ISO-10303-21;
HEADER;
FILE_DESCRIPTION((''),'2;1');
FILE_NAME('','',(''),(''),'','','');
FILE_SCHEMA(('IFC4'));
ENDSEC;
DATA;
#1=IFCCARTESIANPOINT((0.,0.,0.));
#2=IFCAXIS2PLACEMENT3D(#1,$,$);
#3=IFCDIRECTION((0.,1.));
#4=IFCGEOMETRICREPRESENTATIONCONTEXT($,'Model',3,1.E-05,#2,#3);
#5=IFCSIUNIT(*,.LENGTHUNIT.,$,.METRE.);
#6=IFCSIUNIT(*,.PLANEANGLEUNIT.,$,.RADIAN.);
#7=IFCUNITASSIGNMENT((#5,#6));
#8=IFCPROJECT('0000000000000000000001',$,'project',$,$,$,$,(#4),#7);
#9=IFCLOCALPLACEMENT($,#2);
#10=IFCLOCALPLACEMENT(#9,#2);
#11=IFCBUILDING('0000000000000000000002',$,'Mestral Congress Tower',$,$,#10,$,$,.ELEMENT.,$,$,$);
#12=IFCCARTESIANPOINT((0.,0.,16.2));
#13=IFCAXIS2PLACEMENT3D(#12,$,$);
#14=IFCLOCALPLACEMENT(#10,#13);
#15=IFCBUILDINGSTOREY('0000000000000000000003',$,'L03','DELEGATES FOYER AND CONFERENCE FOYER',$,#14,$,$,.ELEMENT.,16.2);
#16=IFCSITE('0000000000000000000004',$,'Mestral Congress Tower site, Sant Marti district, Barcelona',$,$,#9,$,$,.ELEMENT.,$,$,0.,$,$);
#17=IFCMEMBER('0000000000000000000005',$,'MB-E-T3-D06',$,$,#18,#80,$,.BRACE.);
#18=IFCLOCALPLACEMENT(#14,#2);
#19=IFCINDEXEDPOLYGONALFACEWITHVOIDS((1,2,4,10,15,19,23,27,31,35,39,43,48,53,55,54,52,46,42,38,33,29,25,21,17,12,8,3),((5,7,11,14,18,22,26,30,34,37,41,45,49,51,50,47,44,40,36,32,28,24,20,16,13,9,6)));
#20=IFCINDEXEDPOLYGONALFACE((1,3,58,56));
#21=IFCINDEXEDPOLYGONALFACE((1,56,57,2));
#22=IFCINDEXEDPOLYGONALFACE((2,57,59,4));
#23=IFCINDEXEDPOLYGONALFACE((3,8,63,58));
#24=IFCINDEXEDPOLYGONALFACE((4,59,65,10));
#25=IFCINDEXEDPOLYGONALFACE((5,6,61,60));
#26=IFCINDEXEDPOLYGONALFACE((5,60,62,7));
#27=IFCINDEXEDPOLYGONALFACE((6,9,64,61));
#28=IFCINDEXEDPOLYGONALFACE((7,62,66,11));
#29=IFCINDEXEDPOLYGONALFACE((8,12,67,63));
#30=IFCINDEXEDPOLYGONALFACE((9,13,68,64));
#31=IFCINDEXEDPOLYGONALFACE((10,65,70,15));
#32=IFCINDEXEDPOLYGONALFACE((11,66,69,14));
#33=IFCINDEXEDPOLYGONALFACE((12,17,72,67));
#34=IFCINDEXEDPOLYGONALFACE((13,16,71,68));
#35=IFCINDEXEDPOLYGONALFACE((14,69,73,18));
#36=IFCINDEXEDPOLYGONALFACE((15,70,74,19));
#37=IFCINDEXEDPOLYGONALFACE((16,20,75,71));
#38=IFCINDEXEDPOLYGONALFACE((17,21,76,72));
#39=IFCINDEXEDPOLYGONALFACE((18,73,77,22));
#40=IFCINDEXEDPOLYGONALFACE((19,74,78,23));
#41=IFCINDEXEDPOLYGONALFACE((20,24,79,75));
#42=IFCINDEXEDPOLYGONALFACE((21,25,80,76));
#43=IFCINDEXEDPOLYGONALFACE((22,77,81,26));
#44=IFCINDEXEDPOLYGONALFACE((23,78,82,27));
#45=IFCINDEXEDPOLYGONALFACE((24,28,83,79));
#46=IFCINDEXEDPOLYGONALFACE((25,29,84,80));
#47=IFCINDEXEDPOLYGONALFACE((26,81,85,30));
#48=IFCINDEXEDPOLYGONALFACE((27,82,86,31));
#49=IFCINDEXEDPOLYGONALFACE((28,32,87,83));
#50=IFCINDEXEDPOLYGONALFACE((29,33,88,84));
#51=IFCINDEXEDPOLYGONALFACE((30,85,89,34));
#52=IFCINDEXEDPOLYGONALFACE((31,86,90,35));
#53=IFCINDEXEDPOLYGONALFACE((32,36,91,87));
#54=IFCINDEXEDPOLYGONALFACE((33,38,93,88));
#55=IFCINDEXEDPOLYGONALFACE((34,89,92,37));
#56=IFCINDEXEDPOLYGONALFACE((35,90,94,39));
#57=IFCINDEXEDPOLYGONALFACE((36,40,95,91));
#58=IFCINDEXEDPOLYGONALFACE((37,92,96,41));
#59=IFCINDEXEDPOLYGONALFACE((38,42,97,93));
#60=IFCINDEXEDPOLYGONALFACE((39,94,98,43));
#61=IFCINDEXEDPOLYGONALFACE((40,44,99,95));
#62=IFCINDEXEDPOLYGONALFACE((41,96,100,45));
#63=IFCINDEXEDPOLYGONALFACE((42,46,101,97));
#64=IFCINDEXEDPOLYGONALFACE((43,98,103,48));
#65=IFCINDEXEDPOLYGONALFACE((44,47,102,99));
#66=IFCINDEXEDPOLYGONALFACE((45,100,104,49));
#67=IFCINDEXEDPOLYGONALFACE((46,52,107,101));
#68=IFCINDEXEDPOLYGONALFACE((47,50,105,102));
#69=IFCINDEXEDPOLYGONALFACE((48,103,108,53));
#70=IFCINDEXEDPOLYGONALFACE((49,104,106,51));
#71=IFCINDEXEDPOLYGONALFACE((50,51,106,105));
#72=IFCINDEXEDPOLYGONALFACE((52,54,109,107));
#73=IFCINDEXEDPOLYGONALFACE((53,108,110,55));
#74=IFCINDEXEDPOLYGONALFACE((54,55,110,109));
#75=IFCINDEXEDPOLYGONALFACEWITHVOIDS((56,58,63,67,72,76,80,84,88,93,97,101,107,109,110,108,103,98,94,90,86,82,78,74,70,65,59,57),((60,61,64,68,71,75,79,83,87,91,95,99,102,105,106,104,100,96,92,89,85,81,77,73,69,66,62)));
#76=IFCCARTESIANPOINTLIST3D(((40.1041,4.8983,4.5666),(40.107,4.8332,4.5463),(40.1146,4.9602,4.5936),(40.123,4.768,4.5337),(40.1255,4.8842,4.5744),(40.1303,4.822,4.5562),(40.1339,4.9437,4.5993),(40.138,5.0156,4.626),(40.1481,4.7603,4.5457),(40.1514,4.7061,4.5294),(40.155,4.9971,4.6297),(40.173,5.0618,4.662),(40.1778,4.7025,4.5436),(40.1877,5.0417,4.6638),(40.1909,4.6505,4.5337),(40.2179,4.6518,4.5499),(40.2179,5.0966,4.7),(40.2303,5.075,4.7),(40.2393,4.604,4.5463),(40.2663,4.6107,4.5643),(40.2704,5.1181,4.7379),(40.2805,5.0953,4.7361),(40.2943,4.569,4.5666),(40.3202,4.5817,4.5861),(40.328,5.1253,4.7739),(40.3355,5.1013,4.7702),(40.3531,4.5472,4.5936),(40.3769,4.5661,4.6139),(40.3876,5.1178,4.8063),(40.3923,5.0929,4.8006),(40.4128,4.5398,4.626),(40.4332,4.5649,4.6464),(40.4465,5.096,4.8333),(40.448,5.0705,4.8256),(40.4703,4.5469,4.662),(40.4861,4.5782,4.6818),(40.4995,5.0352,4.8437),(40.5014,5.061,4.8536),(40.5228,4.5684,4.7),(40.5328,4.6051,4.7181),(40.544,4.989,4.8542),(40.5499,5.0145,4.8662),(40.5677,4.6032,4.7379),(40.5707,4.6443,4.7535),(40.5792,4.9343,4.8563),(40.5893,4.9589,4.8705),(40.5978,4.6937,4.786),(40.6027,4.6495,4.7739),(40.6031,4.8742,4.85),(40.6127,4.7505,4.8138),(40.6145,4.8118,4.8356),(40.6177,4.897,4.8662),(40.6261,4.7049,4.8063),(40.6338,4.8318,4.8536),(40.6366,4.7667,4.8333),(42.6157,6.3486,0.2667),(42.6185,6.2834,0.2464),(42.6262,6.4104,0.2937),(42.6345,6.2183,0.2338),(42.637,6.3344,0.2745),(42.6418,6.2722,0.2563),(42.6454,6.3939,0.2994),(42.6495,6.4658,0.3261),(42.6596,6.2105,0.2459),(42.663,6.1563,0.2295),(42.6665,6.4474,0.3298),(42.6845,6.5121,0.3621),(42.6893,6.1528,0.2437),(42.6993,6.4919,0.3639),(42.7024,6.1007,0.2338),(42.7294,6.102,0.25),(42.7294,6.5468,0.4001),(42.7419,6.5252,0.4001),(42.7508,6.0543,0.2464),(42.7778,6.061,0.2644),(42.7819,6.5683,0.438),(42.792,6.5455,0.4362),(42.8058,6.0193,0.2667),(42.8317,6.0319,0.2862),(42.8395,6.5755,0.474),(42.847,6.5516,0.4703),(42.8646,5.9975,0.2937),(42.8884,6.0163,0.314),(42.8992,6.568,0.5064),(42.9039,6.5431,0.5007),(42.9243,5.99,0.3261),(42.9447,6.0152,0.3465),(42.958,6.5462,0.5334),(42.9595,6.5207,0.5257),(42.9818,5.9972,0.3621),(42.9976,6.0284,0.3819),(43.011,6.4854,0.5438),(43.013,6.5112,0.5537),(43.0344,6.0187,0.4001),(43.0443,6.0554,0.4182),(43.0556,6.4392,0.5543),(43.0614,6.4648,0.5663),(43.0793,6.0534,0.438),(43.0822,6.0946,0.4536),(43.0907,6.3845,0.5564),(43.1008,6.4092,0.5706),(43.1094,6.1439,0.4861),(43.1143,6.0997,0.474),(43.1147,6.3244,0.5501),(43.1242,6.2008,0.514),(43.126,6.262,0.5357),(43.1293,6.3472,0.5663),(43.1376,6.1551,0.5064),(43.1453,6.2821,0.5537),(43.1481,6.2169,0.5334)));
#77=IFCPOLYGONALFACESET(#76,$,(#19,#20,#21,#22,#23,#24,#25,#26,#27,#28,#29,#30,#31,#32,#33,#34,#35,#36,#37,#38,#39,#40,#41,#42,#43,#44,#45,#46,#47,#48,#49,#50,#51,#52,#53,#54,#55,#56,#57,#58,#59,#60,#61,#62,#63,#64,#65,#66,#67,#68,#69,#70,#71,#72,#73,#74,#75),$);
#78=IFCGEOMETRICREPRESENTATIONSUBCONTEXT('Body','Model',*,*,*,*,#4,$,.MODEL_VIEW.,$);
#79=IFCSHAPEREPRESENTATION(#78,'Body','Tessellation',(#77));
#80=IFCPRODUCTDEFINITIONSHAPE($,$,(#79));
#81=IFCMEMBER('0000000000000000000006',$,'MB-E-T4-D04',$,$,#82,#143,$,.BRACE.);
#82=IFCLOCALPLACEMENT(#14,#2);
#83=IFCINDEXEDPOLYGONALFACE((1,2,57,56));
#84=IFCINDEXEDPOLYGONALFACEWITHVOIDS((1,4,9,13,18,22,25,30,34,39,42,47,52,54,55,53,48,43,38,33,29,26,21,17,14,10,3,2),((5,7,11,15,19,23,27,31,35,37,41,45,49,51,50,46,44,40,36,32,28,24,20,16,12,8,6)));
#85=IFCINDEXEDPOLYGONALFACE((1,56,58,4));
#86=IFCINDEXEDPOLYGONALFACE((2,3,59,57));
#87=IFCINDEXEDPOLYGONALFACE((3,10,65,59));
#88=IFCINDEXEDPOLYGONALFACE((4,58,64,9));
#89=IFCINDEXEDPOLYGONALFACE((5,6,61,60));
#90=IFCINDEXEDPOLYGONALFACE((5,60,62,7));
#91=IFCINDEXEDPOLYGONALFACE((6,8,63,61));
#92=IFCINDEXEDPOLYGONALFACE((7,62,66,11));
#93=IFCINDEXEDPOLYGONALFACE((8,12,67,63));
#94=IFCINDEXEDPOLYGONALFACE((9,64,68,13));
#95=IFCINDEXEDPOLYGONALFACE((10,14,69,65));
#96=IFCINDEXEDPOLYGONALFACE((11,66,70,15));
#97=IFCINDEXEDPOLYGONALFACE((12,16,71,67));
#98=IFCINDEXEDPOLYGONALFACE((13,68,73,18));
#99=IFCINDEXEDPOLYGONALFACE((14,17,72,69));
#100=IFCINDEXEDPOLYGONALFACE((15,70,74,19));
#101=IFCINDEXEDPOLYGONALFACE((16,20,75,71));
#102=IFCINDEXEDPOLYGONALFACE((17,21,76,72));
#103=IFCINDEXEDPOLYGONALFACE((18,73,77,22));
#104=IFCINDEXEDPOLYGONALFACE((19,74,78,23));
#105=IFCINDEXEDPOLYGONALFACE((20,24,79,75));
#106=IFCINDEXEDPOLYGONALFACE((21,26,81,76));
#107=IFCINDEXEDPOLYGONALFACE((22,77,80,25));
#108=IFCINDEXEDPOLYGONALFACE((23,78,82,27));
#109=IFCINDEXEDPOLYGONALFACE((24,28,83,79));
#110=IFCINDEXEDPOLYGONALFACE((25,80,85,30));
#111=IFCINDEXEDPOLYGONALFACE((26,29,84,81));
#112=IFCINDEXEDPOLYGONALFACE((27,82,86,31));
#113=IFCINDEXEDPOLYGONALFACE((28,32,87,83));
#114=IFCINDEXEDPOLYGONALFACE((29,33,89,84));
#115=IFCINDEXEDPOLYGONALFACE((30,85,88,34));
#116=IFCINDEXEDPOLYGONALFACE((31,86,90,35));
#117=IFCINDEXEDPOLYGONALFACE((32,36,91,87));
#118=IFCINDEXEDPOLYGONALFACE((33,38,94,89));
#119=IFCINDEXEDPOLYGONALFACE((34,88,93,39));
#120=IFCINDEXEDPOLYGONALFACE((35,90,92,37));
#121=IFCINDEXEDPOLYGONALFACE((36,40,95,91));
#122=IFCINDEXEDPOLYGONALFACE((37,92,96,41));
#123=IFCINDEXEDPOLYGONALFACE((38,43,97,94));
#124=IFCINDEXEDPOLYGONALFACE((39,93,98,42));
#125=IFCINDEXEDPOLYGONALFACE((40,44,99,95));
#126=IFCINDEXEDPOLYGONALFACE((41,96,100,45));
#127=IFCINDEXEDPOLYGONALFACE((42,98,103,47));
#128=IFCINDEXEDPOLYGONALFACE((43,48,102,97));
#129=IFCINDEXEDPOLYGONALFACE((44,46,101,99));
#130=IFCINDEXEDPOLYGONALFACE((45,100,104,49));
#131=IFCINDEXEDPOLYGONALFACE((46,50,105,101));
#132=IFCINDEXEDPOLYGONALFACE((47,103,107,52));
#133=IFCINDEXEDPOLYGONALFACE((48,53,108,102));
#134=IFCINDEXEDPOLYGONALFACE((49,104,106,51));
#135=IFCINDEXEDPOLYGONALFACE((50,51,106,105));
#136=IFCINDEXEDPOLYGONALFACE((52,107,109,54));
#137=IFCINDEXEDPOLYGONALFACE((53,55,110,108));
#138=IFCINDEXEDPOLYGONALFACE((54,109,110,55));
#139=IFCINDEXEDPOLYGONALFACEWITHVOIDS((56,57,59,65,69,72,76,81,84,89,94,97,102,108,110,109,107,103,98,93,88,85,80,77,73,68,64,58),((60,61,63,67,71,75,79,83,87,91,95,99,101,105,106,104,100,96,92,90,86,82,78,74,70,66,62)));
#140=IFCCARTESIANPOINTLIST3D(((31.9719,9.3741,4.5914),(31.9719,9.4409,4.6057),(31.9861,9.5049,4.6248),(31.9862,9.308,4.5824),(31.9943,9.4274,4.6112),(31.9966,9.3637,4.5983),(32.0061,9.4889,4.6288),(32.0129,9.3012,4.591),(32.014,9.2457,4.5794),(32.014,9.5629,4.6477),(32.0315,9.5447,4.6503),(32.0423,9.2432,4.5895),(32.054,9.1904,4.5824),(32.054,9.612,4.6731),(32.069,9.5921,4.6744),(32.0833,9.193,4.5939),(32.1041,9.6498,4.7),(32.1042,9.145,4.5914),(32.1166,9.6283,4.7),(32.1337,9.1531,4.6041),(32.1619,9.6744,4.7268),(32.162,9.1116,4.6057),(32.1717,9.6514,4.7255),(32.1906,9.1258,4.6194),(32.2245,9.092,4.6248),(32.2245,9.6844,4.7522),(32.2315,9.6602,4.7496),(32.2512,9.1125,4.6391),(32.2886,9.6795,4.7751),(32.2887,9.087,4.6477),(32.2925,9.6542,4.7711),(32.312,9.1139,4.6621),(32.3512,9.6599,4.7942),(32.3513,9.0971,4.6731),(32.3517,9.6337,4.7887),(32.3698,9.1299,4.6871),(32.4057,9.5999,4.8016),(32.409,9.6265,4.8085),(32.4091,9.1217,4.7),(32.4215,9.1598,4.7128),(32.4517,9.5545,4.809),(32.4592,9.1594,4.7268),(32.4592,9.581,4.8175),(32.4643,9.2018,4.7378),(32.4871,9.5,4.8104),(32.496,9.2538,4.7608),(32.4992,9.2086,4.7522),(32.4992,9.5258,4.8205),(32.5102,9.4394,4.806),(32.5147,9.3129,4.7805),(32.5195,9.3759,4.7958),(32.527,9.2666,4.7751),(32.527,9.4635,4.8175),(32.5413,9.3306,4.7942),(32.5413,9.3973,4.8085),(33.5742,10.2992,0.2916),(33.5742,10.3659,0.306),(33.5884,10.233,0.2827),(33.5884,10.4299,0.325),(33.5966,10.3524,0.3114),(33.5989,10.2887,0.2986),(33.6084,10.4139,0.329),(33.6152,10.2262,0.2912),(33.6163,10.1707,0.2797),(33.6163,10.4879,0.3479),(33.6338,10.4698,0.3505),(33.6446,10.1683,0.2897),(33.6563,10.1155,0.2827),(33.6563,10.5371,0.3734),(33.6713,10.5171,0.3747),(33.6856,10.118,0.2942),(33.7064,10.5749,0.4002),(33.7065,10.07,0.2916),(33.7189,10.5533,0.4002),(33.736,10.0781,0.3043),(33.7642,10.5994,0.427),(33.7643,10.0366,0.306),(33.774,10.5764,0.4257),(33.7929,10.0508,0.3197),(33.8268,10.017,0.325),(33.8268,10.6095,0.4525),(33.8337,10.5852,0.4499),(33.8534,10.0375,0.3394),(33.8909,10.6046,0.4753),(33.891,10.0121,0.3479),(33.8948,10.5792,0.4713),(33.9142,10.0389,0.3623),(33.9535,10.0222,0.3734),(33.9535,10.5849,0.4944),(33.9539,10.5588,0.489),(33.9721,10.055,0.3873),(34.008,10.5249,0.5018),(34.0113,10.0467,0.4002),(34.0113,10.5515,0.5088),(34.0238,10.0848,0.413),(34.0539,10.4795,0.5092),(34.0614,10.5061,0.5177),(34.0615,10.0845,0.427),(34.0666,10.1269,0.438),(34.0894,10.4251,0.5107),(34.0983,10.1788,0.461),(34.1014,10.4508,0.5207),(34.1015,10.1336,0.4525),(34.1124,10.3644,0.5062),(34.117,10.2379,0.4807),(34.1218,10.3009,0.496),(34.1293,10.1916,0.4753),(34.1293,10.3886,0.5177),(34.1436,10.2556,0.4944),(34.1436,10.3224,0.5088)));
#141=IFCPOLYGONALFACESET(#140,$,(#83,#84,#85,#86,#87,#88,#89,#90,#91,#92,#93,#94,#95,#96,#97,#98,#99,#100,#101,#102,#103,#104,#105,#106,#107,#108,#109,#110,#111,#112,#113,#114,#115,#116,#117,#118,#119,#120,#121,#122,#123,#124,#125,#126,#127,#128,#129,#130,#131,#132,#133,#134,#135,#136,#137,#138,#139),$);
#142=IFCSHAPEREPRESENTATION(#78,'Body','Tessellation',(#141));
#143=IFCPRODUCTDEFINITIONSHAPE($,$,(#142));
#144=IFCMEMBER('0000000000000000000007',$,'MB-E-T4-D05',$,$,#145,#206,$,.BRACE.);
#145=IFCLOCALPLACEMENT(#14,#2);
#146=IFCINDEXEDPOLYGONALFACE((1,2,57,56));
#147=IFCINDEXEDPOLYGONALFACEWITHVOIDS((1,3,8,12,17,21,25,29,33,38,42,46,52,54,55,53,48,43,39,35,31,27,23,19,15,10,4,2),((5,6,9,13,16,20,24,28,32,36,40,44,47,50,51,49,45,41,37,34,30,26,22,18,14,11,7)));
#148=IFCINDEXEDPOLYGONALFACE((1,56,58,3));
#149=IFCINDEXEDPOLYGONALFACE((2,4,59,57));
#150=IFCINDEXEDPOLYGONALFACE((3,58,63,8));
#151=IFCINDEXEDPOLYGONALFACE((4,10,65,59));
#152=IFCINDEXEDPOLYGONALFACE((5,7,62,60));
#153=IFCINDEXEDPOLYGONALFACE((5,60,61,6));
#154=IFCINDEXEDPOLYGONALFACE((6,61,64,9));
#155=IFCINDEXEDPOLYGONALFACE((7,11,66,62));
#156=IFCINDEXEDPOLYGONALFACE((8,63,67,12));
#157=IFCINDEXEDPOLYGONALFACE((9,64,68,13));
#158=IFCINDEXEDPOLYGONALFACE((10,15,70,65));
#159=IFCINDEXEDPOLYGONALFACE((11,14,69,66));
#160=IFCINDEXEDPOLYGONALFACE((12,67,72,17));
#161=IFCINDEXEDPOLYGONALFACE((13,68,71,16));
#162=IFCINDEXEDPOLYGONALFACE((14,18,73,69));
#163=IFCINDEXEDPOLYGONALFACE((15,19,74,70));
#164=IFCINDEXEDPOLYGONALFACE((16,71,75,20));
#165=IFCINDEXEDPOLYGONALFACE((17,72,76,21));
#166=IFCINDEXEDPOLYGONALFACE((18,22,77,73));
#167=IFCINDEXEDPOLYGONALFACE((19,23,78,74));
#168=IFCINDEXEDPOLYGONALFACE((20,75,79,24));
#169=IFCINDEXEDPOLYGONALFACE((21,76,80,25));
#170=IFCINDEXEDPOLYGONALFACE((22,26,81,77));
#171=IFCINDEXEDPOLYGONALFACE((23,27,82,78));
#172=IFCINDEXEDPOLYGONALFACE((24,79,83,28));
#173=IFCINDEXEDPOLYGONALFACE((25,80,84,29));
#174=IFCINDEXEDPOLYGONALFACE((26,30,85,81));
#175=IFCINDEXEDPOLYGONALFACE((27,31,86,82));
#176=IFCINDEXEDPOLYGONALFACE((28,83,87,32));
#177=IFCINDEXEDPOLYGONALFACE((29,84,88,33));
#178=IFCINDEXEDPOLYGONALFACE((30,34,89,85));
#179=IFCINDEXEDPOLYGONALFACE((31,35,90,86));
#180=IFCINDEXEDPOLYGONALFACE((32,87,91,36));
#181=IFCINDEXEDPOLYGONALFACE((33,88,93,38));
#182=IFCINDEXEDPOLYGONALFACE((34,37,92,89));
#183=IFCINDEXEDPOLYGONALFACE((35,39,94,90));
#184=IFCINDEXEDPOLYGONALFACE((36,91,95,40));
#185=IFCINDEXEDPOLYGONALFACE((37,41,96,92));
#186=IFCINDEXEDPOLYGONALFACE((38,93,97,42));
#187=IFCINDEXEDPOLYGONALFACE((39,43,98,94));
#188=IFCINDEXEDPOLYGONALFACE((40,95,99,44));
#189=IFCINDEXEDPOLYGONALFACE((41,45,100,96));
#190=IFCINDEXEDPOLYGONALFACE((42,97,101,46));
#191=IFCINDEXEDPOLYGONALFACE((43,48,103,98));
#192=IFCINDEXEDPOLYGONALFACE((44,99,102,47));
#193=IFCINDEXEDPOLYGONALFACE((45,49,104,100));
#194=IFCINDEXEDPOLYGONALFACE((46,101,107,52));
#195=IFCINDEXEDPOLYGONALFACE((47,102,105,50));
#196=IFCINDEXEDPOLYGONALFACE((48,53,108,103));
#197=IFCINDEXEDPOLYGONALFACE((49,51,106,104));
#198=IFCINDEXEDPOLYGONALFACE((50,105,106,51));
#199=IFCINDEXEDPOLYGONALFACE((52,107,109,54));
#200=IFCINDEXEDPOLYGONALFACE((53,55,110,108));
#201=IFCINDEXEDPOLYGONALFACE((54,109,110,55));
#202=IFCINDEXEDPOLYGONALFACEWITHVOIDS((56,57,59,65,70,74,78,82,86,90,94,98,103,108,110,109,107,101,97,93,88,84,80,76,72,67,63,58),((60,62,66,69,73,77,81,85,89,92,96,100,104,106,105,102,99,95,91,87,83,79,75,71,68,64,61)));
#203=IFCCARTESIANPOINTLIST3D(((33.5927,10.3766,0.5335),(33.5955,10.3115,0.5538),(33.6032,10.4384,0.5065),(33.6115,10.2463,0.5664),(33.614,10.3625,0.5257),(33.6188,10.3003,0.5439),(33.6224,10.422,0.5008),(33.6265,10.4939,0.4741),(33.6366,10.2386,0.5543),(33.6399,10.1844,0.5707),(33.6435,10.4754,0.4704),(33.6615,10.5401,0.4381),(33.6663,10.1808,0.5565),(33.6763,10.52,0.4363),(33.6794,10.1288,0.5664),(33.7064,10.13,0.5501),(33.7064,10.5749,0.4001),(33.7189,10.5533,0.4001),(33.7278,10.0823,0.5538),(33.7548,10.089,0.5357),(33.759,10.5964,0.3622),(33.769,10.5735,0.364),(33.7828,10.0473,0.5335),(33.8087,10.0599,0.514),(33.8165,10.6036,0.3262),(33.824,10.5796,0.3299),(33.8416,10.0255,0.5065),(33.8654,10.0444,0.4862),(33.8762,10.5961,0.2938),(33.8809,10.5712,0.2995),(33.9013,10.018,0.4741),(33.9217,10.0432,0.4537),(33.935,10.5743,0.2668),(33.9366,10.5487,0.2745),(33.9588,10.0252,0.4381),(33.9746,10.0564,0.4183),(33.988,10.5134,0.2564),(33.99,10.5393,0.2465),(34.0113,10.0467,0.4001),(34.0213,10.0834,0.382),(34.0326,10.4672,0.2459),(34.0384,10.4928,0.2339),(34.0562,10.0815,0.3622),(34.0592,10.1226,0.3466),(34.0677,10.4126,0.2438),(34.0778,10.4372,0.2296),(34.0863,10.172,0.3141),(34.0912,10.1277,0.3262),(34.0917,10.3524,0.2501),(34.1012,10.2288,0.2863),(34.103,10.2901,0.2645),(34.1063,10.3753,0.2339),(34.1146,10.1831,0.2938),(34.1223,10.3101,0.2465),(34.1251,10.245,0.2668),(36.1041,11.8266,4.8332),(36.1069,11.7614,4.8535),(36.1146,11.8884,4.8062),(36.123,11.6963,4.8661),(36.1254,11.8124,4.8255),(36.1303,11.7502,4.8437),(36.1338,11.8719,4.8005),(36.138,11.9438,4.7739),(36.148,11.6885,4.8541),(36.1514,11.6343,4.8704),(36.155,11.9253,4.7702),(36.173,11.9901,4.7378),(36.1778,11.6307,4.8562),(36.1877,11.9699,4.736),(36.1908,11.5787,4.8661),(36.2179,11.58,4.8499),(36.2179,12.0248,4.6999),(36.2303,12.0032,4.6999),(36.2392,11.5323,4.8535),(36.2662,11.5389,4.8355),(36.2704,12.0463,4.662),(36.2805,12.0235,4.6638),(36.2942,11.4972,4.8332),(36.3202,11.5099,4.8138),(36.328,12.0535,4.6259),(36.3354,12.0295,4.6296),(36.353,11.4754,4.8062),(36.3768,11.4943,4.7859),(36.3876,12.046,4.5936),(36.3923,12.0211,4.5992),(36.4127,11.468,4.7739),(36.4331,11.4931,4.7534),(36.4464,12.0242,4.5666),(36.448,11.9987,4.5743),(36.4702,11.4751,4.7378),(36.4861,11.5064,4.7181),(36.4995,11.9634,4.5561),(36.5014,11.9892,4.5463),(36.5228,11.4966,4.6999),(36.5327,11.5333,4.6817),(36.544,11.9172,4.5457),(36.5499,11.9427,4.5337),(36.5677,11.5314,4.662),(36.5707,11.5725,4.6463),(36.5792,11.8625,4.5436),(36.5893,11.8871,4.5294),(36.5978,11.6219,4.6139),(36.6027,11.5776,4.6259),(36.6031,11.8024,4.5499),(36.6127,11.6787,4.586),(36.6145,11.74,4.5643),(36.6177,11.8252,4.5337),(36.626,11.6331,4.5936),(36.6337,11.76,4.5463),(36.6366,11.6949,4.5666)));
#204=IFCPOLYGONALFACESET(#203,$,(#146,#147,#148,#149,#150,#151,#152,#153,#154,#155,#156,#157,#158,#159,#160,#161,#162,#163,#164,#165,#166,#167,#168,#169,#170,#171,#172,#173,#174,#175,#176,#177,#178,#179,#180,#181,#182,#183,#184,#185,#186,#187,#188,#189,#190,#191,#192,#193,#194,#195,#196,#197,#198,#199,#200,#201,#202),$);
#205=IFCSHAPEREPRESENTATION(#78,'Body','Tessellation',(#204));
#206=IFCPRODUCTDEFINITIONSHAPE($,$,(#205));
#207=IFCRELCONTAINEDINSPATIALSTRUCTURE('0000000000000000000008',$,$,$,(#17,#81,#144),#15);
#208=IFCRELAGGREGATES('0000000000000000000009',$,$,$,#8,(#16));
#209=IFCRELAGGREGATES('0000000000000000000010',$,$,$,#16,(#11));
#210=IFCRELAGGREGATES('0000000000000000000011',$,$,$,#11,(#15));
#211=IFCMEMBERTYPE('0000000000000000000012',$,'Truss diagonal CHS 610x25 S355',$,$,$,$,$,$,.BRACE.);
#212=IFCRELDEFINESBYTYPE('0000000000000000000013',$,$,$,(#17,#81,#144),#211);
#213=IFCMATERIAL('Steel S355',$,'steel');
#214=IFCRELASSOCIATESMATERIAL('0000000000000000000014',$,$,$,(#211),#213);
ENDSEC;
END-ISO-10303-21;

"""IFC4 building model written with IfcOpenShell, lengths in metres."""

from ifc_helpers import new_model, si_unit, direction, frame, origin, origin_2d, place, context, subcontext, project, spatial, hollow_circle, extrude, material, material_profile, profile_set, type_object, element, save


model = new_model("IFC4")

# Units and contexts
model_context = context("Model", 3, precision=1e-05, world=origin(), true_north=direction((0.0, 1.0)))
body_context = subcontext(model_context, "Body", "Model", "MODEL_VIEW")
ifc_project = project(units=[si_unit("LENGTHUNIT", "METRE"), si_unit("PLANEANGLEUNIT", "RADIAN")], contexts=[model_context])

# Site, building, storey
site_placement = place(None, origin())
site = spatial("IfcSite", under=ifc_project, at=site_placement, Name="Mestral Congress Tower site, Sant Marti district, Barcelona", CompositionType="ELEMENT", RefElevation=0.0)
building_placement = place(site_placement, origin())
building = spatial("IfcBuilding", under=site, at=building_placement, Name="Mestral Congress Tower", CompositionType="ELEMENT")
storey_placement = place(building_placement, frame((0.0, 0.0, 16.2)))
storey = spatial("IfcBuildingStorey", under=building, at=storey_placement, Name="L03", Description="DELEGATES FOYER AND CONFERENCE FOYER", CompositionType="ELEMENT", Elevation=16.2)

# Members
ifc_material = material(Name="Steel S355", Category="steel")
ifc_material_profile_1 = material_profile(ifc_material, hollow_circle(Radius=0.3049, WallThickness=0.0249, at=origin_2d()), Name="CHS 610x25")
ifc_profile_set_1 = profile_set([ifc_material_profile_1], Name="Steel S355")
member_type_1 = type_object("IfcMemberType", Name="Truss diagonal CHS 610x25 S355", PredefinedType="BRACE", material=ifc_profile_set_1)
member_1_placement = place(storey_placement, frame((40.3704, 4.8325, 4.7), z_axis=(0.484241, 0.279614, -0.829052), x_axis=(-0.50005, 0.865996, 0.0)))
element("IfcMember", 1, at=member_1_placement, inside=storey, type_object=member_type_1, Name="MB-E-T3-D06", PredefinedType="BRACE", context=body_context, shape_type="SweptSolid", body=[
    extrude(hollow_circle(Radius=0.3049, WallThickness=0.0249, at=origin_2d()), origin(), (0.0, 0.0, 1.0), 5.1865),
])
member_2_placement = place(storey_placement, frame((32.2566, 9.3857, 4.7), z_axis=(0.342301, 0.197619, -0.918573), x_axis=(-0.499985, 0.866034, 0.0)))
element("IfcMember", 2, at=member_2_placement, inside=storey, type_object=member_type_1, Name="MB-E-T4-D04", PredefinedType="BRACE", context=body_context, shape_type="SweptSolid", body=[
    extrude(hollow_circle(Radius=0.3049, WallThickness=0.0249, at=origin_2d()), origin(), (0.0, 0.0, 1.0), 4.6809),
])
for number, where, z_axis, x_axis, name in (
    (3, (33.8589, 10.3108, 0.4001), (0.484247, 0.279571, 0.829062), (-0.499987, 0.866033, 0.0), "MB-E-T4-D05"),
):
    element("IfcMember", number, at=place(storey_placement, frame(where, z_axis=z_axis, x_axis=x_axis)), inside=storey, type_object=member_type_1, Name=name, PredefinedType="BRACE", context=body_context, shape_type="SweptSolid", body=[
        extrude(hollow_circle(Radius=0.3049, WallThickness=0.0249, at=origin_2d()), origin(), (0.0, 0.0, 1.0), 5.1863),
    ])

save(model, "model.ifc")
